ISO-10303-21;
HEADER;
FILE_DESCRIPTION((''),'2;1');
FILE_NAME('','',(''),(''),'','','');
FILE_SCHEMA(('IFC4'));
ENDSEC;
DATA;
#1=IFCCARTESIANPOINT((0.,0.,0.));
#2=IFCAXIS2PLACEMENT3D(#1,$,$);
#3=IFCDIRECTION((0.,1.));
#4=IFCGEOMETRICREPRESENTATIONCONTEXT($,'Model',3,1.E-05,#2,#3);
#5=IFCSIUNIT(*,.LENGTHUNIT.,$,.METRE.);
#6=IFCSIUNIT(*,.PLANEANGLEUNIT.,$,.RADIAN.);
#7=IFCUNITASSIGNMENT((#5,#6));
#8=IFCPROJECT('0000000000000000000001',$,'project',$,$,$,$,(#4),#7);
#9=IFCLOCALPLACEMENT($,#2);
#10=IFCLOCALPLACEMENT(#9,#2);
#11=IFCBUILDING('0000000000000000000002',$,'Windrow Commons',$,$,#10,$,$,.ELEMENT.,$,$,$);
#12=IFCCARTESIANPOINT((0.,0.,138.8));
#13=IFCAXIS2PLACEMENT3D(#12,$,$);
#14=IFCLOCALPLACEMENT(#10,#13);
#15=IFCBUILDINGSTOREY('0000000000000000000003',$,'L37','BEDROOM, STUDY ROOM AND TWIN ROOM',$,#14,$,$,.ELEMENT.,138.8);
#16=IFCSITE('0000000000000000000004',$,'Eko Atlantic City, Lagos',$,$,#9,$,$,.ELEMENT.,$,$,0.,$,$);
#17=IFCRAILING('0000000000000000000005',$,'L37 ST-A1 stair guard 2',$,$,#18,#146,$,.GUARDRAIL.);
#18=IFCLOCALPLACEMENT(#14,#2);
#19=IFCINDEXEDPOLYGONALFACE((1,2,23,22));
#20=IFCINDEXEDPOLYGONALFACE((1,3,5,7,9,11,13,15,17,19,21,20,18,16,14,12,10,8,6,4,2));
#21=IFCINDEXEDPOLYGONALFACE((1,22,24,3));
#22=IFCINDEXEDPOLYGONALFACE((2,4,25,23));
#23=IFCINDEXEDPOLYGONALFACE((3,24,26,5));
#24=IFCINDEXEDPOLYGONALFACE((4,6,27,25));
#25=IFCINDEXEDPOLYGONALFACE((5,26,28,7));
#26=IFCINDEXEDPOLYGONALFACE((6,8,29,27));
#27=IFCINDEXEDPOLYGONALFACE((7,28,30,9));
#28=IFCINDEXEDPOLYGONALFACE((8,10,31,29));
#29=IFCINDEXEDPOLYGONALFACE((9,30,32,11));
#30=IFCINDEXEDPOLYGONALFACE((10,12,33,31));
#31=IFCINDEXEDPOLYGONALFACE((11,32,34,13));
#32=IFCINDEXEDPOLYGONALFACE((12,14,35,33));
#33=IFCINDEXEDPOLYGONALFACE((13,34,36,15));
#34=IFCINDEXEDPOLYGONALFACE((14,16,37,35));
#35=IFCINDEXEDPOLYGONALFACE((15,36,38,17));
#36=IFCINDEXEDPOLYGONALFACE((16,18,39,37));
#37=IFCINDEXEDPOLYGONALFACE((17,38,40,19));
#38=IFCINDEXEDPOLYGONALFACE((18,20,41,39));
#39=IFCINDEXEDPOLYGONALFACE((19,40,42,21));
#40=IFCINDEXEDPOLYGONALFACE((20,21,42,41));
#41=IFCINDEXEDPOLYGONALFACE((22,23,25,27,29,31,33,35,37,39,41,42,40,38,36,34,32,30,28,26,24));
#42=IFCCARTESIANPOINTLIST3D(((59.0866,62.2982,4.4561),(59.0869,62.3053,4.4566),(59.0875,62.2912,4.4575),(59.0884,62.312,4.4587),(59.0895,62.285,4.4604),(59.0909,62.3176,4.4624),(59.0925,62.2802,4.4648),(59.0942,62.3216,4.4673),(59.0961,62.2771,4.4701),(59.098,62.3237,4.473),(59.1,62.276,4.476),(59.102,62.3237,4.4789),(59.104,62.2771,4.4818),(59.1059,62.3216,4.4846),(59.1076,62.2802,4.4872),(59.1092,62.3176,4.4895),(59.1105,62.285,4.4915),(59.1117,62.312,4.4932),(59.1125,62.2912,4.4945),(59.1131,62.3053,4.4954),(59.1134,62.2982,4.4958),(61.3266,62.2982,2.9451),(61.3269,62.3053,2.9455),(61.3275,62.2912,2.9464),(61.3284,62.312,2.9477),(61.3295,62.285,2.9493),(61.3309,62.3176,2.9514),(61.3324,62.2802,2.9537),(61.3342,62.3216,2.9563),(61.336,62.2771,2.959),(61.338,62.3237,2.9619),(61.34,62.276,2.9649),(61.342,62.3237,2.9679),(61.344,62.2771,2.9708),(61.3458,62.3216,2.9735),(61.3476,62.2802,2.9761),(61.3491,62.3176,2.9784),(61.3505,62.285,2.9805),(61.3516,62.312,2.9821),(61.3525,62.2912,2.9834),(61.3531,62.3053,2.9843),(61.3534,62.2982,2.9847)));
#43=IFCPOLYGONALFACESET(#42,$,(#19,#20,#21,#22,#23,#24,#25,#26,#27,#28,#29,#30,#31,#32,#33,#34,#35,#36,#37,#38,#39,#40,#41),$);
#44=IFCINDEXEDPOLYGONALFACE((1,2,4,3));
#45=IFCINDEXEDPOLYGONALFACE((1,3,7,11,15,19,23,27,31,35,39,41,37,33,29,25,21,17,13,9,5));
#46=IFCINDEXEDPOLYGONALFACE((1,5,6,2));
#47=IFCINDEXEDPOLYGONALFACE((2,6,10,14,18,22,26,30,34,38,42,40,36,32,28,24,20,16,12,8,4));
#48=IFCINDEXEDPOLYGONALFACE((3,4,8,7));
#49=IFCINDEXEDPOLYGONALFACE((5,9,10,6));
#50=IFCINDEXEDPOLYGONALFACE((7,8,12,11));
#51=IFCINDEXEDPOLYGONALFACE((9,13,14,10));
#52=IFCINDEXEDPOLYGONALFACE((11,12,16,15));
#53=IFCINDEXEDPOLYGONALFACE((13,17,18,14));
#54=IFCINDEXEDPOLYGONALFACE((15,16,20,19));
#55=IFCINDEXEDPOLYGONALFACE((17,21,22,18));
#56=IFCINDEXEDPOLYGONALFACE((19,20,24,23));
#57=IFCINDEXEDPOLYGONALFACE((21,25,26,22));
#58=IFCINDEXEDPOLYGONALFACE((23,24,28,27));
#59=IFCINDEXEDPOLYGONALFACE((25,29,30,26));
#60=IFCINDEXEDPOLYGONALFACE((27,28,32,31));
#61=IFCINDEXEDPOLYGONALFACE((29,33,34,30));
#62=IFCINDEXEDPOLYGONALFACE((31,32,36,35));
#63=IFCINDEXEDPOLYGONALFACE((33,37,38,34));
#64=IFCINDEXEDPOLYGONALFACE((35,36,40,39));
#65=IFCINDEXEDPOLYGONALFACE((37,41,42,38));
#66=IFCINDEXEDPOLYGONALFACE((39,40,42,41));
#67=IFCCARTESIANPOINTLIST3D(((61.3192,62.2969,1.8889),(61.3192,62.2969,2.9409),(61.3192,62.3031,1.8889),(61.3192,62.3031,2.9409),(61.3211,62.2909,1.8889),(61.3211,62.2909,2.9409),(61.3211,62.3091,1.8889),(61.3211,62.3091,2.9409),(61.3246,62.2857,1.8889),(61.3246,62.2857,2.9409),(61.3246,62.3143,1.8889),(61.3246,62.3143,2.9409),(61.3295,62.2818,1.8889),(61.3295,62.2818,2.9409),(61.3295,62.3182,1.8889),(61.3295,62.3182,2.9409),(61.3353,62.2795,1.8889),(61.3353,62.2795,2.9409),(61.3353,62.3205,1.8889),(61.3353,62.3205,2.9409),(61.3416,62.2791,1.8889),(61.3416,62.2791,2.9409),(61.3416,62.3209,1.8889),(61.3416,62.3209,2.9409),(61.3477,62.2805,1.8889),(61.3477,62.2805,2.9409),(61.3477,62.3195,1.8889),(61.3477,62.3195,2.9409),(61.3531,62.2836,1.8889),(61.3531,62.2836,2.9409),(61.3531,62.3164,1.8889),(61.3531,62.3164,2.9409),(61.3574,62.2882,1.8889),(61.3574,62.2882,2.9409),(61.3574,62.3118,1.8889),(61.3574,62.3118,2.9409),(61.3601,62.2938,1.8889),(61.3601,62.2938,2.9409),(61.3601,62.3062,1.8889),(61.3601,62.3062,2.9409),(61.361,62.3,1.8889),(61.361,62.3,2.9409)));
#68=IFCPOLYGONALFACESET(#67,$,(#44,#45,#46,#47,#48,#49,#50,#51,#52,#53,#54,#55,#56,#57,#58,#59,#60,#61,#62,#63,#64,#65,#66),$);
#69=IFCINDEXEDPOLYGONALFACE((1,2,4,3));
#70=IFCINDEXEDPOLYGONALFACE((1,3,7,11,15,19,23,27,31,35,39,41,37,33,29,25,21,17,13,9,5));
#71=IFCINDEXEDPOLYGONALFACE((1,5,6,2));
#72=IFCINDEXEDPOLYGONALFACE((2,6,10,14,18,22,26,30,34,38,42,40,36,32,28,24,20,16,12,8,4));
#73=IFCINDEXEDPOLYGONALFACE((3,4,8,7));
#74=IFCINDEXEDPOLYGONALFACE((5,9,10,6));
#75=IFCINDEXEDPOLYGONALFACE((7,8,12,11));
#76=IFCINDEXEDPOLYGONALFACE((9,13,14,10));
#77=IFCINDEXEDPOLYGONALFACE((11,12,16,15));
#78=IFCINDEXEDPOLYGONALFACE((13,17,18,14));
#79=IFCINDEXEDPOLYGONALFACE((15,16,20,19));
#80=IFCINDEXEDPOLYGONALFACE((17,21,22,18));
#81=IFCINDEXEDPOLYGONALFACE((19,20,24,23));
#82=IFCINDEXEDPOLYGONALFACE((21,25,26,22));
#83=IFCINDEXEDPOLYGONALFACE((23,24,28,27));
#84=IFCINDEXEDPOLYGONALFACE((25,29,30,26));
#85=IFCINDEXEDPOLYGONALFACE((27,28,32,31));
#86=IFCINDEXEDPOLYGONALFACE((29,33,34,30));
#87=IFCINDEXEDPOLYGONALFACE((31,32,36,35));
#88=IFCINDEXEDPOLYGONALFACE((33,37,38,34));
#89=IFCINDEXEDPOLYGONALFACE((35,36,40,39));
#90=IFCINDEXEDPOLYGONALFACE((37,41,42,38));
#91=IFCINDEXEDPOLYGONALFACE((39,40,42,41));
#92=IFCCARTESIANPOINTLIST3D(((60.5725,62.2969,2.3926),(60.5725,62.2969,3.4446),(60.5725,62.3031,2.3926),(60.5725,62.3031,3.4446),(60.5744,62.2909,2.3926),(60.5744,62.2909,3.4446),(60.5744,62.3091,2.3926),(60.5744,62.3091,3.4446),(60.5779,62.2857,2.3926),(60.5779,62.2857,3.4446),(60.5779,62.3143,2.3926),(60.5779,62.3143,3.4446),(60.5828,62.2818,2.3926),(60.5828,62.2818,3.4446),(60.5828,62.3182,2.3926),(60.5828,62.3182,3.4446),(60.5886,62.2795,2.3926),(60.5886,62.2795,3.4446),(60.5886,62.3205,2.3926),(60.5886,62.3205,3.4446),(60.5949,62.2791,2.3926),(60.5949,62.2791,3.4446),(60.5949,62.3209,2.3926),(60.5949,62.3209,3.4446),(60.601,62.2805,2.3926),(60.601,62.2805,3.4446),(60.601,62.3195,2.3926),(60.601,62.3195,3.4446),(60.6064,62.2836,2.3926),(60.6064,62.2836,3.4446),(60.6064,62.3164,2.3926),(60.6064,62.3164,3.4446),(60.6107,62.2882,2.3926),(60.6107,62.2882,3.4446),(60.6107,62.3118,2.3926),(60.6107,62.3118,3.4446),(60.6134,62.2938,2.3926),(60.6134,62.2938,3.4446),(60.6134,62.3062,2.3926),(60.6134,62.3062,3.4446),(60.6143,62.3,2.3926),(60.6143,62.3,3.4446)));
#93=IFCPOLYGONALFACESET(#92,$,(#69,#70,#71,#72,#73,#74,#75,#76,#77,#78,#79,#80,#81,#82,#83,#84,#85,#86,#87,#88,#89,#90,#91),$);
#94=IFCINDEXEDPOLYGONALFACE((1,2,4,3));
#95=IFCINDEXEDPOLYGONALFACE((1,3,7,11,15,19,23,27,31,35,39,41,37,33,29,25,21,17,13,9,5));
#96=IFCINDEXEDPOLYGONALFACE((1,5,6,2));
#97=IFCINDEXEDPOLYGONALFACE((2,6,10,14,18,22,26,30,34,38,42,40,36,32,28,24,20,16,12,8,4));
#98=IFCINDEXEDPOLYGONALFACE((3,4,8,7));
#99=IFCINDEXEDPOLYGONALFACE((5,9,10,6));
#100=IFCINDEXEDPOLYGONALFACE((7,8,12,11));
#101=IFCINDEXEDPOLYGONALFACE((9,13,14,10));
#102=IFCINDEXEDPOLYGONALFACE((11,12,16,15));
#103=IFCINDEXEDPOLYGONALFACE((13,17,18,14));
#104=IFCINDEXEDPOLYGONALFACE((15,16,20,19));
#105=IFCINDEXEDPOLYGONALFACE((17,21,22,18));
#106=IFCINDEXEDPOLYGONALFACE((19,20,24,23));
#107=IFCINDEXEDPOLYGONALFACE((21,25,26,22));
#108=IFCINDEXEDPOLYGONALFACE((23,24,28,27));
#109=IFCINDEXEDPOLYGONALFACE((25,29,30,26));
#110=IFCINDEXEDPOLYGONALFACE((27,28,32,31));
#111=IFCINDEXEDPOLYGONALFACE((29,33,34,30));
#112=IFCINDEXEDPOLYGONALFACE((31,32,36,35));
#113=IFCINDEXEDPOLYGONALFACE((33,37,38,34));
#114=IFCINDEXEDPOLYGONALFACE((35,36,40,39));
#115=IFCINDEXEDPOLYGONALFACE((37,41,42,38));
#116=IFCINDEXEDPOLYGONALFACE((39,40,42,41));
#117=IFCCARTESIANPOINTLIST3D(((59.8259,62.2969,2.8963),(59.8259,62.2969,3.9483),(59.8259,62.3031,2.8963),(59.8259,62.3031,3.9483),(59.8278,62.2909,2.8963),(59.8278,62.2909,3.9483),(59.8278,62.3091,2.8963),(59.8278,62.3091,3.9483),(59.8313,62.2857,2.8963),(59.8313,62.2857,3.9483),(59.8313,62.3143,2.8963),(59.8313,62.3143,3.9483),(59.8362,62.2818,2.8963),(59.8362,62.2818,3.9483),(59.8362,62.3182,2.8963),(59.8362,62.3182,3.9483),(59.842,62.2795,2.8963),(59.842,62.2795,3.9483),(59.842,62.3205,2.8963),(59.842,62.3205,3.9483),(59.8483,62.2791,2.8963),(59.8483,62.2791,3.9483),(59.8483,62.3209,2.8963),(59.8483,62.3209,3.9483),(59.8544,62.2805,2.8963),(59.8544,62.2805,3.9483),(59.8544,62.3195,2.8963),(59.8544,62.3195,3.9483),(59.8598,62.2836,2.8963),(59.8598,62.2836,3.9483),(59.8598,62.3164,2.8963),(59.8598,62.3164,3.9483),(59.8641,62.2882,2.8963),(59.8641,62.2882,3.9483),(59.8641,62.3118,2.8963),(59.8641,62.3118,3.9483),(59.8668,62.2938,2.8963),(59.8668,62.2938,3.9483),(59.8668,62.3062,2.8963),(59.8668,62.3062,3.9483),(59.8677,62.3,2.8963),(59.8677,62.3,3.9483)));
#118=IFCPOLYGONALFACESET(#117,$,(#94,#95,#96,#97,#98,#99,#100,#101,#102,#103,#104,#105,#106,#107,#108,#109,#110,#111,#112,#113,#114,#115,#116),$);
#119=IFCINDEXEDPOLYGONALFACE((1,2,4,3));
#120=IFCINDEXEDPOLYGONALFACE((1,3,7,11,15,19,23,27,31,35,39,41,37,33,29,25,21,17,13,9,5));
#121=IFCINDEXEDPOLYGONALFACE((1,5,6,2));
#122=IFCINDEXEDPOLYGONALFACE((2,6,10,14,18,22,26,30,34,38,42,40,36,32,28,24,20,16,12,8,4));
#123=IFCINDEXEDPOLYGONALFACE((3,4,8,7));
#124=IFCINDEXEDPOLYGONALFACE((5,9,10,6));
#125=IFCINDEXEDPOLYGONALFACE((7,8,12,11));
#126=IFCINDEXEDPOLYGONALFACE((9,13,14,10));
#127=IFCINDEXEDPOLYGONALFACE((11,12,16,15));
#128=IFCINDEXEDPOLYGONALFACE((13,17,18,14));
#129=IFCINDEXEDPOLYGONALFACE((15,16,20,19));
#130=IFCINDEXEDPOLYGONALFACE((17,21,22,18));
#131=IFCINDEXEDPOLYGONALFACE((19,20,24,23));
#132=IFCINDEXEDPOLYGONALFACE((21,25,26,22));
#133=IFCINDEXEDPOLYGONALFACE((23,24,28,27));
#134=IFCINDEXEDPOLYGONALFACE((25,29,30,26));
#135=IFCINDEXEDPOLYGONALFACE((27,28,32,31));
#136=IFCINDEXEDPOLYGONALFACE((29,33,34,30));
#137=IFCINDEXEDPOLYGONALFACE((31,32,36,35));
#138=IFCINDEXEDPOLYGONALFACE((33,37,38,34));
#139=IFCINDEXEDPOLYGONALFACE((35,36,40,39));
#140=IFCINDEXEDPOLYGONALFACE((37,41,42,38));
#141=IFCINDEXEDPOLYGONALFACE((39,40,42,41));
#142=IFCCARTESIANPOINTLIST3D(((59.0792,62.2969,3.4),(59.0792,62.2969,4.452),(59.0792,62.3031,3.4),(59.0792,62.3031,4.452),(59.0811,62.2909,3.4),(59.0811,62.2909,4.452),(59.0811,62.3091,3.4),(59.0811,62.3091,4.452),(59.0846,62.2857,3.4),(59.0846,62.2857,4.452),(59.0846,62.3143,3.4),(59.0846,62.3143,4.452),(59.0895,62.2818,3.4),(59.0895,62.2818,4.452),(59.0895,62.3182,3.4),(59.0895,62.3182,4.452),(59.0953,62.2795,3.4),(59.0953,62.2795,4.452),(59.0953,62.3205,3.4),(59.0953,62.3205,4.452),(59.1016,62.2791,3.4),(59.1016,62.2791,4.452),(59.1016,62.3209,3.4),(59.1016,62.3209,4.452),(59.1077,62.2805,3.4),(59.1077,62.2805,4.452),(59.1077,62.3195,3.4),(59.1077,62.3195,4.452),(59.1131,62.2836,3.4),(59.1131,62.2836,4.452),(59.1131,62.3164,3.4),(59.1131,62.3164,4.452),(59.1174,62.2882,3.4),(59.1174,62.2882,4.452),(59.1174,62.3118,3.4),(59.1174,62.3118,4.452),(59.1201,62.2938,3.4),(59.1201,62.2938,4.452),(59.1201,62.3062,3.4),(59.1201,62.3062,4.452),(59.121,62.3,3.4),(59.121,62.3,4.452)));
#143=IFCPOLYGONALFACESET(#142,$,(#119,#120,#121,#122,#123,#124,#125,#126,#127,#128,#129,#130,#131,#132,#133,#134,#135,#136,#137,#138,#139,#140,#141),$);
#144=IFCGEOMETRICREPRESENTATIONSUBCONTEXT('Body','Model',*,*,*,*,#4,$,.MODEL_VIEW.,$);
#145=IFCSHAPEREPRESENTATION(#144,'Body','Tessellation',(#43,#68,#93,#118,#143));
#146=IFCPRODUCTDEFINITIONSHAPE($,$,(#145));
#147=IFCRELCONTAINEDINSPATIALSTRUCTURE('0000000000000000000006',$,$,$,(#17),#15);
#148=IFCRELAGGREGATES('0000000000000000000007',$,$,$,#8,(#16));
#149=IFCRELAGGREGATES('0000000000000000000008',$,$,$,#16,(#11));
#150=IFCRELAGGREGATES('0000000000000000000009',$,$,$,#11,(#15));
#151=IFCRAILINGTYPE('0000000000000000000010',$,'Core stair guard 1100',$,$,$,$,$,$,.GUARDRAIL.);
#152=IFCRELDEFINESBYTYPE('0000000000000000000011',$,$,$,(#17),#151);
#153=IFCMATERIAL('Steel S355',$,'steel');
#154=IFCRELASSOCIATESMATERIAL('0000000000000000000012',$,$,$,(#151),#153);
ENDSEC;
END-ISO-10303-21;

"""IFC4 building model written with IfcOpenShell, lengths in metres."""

from ifc_helpers import new_model, si_unit, direction, frame, origin, origin_2d, place, context, subcontext, project, spatial, circle, extrude, material, type_object, element, save


model = new_model("IFC4")

# Units and contexts
model_context = context("Model", 3, precision=1e-05, world=origin(), true_north=direction((0.0, 1.0)))
body_context = subcontext(model_context, "Body", "Model", "MODEL_VIEW")
ifc_project = project(units=[si_unit("LENGTHUNIT", "METRE"), si_unit("PLANEANGLEUNIT", "RADIAN")], contexts=[model_context])

# Site, building, storey
site_placement = place(None, origin())
site = spatial("IfcSite", under=ifc_project, at=site_placement, Name="Eko Atlantic City, Lagos", CompositionType="ELEMENT", RefElevation=0.0)
building_placement = place(site_placement, origin())
building = spatial("IfcBuilding", under=site, at=building_placement, Name="Windrow Commons", CompositionType="ELEMENT")
storey_placement = place(building_placement, frame((0.0, 0.0, 138.8)))
storey = spatial("IfcBuildingStorey", under=building, at=storey_placement, Name="L37", Description="BEDROOM, STUDY ROOM AND TWIN ROOM", CompositionType="ELEMENT", Elevation=138.8)

# Railing
ifc_material_1 = material(Name="Steel S355", Category="steel")
railing_type_1 = type_object("IfcRailingType", Name="Core stair guard 1100", PredefinedType="GUARDRAIL", material=ifc_material_1)
railing_1_placement = place(storey_placement, frame((61.34, 62.3, 1.8889)))
element("IfcRailing", 1, at=railing_1_placement, inside=storey, type_object=railing_type_1, Name="L37 ST-A1 stair guard 2", PredefinedType="GUARDRAIL", context=body_context, shape_type="SweptSolid", body=[
    extrude(circle(Radius=0.024, at=origin_2d()), frame((0.0, 0.0, 1.076), z_axis=(-0.829003, 0.0, 0.559244), x_axis=(0.0, -1.0, 0.0)), (0.0, 0.0, 1.0), 2.702),
    extrude(circle(Radius=0.021, at=origin_2d()), origin(), (0.0, 0.0, 1.0), 1.052),
    extrude(circle(Radius=0.021, at=origin_2d()), frame((-0.7467, 0.0, 0.5037)), (0.0, 0.0, 1.0), 1.052),
    extrude(circle(Radius=0.021, at=origin_2d()), frame((-1.4933, 0.0, 1.0074)), (0.0, 0.0, 1.0), 1.052),
    extrude(circle(Radius=0.021, at=origin_2d()), frame((-2.24, 0.0, 1.5111)), (0.0, 0.0, 1.0), 1.052),
])

save(model, "model.ifc")
